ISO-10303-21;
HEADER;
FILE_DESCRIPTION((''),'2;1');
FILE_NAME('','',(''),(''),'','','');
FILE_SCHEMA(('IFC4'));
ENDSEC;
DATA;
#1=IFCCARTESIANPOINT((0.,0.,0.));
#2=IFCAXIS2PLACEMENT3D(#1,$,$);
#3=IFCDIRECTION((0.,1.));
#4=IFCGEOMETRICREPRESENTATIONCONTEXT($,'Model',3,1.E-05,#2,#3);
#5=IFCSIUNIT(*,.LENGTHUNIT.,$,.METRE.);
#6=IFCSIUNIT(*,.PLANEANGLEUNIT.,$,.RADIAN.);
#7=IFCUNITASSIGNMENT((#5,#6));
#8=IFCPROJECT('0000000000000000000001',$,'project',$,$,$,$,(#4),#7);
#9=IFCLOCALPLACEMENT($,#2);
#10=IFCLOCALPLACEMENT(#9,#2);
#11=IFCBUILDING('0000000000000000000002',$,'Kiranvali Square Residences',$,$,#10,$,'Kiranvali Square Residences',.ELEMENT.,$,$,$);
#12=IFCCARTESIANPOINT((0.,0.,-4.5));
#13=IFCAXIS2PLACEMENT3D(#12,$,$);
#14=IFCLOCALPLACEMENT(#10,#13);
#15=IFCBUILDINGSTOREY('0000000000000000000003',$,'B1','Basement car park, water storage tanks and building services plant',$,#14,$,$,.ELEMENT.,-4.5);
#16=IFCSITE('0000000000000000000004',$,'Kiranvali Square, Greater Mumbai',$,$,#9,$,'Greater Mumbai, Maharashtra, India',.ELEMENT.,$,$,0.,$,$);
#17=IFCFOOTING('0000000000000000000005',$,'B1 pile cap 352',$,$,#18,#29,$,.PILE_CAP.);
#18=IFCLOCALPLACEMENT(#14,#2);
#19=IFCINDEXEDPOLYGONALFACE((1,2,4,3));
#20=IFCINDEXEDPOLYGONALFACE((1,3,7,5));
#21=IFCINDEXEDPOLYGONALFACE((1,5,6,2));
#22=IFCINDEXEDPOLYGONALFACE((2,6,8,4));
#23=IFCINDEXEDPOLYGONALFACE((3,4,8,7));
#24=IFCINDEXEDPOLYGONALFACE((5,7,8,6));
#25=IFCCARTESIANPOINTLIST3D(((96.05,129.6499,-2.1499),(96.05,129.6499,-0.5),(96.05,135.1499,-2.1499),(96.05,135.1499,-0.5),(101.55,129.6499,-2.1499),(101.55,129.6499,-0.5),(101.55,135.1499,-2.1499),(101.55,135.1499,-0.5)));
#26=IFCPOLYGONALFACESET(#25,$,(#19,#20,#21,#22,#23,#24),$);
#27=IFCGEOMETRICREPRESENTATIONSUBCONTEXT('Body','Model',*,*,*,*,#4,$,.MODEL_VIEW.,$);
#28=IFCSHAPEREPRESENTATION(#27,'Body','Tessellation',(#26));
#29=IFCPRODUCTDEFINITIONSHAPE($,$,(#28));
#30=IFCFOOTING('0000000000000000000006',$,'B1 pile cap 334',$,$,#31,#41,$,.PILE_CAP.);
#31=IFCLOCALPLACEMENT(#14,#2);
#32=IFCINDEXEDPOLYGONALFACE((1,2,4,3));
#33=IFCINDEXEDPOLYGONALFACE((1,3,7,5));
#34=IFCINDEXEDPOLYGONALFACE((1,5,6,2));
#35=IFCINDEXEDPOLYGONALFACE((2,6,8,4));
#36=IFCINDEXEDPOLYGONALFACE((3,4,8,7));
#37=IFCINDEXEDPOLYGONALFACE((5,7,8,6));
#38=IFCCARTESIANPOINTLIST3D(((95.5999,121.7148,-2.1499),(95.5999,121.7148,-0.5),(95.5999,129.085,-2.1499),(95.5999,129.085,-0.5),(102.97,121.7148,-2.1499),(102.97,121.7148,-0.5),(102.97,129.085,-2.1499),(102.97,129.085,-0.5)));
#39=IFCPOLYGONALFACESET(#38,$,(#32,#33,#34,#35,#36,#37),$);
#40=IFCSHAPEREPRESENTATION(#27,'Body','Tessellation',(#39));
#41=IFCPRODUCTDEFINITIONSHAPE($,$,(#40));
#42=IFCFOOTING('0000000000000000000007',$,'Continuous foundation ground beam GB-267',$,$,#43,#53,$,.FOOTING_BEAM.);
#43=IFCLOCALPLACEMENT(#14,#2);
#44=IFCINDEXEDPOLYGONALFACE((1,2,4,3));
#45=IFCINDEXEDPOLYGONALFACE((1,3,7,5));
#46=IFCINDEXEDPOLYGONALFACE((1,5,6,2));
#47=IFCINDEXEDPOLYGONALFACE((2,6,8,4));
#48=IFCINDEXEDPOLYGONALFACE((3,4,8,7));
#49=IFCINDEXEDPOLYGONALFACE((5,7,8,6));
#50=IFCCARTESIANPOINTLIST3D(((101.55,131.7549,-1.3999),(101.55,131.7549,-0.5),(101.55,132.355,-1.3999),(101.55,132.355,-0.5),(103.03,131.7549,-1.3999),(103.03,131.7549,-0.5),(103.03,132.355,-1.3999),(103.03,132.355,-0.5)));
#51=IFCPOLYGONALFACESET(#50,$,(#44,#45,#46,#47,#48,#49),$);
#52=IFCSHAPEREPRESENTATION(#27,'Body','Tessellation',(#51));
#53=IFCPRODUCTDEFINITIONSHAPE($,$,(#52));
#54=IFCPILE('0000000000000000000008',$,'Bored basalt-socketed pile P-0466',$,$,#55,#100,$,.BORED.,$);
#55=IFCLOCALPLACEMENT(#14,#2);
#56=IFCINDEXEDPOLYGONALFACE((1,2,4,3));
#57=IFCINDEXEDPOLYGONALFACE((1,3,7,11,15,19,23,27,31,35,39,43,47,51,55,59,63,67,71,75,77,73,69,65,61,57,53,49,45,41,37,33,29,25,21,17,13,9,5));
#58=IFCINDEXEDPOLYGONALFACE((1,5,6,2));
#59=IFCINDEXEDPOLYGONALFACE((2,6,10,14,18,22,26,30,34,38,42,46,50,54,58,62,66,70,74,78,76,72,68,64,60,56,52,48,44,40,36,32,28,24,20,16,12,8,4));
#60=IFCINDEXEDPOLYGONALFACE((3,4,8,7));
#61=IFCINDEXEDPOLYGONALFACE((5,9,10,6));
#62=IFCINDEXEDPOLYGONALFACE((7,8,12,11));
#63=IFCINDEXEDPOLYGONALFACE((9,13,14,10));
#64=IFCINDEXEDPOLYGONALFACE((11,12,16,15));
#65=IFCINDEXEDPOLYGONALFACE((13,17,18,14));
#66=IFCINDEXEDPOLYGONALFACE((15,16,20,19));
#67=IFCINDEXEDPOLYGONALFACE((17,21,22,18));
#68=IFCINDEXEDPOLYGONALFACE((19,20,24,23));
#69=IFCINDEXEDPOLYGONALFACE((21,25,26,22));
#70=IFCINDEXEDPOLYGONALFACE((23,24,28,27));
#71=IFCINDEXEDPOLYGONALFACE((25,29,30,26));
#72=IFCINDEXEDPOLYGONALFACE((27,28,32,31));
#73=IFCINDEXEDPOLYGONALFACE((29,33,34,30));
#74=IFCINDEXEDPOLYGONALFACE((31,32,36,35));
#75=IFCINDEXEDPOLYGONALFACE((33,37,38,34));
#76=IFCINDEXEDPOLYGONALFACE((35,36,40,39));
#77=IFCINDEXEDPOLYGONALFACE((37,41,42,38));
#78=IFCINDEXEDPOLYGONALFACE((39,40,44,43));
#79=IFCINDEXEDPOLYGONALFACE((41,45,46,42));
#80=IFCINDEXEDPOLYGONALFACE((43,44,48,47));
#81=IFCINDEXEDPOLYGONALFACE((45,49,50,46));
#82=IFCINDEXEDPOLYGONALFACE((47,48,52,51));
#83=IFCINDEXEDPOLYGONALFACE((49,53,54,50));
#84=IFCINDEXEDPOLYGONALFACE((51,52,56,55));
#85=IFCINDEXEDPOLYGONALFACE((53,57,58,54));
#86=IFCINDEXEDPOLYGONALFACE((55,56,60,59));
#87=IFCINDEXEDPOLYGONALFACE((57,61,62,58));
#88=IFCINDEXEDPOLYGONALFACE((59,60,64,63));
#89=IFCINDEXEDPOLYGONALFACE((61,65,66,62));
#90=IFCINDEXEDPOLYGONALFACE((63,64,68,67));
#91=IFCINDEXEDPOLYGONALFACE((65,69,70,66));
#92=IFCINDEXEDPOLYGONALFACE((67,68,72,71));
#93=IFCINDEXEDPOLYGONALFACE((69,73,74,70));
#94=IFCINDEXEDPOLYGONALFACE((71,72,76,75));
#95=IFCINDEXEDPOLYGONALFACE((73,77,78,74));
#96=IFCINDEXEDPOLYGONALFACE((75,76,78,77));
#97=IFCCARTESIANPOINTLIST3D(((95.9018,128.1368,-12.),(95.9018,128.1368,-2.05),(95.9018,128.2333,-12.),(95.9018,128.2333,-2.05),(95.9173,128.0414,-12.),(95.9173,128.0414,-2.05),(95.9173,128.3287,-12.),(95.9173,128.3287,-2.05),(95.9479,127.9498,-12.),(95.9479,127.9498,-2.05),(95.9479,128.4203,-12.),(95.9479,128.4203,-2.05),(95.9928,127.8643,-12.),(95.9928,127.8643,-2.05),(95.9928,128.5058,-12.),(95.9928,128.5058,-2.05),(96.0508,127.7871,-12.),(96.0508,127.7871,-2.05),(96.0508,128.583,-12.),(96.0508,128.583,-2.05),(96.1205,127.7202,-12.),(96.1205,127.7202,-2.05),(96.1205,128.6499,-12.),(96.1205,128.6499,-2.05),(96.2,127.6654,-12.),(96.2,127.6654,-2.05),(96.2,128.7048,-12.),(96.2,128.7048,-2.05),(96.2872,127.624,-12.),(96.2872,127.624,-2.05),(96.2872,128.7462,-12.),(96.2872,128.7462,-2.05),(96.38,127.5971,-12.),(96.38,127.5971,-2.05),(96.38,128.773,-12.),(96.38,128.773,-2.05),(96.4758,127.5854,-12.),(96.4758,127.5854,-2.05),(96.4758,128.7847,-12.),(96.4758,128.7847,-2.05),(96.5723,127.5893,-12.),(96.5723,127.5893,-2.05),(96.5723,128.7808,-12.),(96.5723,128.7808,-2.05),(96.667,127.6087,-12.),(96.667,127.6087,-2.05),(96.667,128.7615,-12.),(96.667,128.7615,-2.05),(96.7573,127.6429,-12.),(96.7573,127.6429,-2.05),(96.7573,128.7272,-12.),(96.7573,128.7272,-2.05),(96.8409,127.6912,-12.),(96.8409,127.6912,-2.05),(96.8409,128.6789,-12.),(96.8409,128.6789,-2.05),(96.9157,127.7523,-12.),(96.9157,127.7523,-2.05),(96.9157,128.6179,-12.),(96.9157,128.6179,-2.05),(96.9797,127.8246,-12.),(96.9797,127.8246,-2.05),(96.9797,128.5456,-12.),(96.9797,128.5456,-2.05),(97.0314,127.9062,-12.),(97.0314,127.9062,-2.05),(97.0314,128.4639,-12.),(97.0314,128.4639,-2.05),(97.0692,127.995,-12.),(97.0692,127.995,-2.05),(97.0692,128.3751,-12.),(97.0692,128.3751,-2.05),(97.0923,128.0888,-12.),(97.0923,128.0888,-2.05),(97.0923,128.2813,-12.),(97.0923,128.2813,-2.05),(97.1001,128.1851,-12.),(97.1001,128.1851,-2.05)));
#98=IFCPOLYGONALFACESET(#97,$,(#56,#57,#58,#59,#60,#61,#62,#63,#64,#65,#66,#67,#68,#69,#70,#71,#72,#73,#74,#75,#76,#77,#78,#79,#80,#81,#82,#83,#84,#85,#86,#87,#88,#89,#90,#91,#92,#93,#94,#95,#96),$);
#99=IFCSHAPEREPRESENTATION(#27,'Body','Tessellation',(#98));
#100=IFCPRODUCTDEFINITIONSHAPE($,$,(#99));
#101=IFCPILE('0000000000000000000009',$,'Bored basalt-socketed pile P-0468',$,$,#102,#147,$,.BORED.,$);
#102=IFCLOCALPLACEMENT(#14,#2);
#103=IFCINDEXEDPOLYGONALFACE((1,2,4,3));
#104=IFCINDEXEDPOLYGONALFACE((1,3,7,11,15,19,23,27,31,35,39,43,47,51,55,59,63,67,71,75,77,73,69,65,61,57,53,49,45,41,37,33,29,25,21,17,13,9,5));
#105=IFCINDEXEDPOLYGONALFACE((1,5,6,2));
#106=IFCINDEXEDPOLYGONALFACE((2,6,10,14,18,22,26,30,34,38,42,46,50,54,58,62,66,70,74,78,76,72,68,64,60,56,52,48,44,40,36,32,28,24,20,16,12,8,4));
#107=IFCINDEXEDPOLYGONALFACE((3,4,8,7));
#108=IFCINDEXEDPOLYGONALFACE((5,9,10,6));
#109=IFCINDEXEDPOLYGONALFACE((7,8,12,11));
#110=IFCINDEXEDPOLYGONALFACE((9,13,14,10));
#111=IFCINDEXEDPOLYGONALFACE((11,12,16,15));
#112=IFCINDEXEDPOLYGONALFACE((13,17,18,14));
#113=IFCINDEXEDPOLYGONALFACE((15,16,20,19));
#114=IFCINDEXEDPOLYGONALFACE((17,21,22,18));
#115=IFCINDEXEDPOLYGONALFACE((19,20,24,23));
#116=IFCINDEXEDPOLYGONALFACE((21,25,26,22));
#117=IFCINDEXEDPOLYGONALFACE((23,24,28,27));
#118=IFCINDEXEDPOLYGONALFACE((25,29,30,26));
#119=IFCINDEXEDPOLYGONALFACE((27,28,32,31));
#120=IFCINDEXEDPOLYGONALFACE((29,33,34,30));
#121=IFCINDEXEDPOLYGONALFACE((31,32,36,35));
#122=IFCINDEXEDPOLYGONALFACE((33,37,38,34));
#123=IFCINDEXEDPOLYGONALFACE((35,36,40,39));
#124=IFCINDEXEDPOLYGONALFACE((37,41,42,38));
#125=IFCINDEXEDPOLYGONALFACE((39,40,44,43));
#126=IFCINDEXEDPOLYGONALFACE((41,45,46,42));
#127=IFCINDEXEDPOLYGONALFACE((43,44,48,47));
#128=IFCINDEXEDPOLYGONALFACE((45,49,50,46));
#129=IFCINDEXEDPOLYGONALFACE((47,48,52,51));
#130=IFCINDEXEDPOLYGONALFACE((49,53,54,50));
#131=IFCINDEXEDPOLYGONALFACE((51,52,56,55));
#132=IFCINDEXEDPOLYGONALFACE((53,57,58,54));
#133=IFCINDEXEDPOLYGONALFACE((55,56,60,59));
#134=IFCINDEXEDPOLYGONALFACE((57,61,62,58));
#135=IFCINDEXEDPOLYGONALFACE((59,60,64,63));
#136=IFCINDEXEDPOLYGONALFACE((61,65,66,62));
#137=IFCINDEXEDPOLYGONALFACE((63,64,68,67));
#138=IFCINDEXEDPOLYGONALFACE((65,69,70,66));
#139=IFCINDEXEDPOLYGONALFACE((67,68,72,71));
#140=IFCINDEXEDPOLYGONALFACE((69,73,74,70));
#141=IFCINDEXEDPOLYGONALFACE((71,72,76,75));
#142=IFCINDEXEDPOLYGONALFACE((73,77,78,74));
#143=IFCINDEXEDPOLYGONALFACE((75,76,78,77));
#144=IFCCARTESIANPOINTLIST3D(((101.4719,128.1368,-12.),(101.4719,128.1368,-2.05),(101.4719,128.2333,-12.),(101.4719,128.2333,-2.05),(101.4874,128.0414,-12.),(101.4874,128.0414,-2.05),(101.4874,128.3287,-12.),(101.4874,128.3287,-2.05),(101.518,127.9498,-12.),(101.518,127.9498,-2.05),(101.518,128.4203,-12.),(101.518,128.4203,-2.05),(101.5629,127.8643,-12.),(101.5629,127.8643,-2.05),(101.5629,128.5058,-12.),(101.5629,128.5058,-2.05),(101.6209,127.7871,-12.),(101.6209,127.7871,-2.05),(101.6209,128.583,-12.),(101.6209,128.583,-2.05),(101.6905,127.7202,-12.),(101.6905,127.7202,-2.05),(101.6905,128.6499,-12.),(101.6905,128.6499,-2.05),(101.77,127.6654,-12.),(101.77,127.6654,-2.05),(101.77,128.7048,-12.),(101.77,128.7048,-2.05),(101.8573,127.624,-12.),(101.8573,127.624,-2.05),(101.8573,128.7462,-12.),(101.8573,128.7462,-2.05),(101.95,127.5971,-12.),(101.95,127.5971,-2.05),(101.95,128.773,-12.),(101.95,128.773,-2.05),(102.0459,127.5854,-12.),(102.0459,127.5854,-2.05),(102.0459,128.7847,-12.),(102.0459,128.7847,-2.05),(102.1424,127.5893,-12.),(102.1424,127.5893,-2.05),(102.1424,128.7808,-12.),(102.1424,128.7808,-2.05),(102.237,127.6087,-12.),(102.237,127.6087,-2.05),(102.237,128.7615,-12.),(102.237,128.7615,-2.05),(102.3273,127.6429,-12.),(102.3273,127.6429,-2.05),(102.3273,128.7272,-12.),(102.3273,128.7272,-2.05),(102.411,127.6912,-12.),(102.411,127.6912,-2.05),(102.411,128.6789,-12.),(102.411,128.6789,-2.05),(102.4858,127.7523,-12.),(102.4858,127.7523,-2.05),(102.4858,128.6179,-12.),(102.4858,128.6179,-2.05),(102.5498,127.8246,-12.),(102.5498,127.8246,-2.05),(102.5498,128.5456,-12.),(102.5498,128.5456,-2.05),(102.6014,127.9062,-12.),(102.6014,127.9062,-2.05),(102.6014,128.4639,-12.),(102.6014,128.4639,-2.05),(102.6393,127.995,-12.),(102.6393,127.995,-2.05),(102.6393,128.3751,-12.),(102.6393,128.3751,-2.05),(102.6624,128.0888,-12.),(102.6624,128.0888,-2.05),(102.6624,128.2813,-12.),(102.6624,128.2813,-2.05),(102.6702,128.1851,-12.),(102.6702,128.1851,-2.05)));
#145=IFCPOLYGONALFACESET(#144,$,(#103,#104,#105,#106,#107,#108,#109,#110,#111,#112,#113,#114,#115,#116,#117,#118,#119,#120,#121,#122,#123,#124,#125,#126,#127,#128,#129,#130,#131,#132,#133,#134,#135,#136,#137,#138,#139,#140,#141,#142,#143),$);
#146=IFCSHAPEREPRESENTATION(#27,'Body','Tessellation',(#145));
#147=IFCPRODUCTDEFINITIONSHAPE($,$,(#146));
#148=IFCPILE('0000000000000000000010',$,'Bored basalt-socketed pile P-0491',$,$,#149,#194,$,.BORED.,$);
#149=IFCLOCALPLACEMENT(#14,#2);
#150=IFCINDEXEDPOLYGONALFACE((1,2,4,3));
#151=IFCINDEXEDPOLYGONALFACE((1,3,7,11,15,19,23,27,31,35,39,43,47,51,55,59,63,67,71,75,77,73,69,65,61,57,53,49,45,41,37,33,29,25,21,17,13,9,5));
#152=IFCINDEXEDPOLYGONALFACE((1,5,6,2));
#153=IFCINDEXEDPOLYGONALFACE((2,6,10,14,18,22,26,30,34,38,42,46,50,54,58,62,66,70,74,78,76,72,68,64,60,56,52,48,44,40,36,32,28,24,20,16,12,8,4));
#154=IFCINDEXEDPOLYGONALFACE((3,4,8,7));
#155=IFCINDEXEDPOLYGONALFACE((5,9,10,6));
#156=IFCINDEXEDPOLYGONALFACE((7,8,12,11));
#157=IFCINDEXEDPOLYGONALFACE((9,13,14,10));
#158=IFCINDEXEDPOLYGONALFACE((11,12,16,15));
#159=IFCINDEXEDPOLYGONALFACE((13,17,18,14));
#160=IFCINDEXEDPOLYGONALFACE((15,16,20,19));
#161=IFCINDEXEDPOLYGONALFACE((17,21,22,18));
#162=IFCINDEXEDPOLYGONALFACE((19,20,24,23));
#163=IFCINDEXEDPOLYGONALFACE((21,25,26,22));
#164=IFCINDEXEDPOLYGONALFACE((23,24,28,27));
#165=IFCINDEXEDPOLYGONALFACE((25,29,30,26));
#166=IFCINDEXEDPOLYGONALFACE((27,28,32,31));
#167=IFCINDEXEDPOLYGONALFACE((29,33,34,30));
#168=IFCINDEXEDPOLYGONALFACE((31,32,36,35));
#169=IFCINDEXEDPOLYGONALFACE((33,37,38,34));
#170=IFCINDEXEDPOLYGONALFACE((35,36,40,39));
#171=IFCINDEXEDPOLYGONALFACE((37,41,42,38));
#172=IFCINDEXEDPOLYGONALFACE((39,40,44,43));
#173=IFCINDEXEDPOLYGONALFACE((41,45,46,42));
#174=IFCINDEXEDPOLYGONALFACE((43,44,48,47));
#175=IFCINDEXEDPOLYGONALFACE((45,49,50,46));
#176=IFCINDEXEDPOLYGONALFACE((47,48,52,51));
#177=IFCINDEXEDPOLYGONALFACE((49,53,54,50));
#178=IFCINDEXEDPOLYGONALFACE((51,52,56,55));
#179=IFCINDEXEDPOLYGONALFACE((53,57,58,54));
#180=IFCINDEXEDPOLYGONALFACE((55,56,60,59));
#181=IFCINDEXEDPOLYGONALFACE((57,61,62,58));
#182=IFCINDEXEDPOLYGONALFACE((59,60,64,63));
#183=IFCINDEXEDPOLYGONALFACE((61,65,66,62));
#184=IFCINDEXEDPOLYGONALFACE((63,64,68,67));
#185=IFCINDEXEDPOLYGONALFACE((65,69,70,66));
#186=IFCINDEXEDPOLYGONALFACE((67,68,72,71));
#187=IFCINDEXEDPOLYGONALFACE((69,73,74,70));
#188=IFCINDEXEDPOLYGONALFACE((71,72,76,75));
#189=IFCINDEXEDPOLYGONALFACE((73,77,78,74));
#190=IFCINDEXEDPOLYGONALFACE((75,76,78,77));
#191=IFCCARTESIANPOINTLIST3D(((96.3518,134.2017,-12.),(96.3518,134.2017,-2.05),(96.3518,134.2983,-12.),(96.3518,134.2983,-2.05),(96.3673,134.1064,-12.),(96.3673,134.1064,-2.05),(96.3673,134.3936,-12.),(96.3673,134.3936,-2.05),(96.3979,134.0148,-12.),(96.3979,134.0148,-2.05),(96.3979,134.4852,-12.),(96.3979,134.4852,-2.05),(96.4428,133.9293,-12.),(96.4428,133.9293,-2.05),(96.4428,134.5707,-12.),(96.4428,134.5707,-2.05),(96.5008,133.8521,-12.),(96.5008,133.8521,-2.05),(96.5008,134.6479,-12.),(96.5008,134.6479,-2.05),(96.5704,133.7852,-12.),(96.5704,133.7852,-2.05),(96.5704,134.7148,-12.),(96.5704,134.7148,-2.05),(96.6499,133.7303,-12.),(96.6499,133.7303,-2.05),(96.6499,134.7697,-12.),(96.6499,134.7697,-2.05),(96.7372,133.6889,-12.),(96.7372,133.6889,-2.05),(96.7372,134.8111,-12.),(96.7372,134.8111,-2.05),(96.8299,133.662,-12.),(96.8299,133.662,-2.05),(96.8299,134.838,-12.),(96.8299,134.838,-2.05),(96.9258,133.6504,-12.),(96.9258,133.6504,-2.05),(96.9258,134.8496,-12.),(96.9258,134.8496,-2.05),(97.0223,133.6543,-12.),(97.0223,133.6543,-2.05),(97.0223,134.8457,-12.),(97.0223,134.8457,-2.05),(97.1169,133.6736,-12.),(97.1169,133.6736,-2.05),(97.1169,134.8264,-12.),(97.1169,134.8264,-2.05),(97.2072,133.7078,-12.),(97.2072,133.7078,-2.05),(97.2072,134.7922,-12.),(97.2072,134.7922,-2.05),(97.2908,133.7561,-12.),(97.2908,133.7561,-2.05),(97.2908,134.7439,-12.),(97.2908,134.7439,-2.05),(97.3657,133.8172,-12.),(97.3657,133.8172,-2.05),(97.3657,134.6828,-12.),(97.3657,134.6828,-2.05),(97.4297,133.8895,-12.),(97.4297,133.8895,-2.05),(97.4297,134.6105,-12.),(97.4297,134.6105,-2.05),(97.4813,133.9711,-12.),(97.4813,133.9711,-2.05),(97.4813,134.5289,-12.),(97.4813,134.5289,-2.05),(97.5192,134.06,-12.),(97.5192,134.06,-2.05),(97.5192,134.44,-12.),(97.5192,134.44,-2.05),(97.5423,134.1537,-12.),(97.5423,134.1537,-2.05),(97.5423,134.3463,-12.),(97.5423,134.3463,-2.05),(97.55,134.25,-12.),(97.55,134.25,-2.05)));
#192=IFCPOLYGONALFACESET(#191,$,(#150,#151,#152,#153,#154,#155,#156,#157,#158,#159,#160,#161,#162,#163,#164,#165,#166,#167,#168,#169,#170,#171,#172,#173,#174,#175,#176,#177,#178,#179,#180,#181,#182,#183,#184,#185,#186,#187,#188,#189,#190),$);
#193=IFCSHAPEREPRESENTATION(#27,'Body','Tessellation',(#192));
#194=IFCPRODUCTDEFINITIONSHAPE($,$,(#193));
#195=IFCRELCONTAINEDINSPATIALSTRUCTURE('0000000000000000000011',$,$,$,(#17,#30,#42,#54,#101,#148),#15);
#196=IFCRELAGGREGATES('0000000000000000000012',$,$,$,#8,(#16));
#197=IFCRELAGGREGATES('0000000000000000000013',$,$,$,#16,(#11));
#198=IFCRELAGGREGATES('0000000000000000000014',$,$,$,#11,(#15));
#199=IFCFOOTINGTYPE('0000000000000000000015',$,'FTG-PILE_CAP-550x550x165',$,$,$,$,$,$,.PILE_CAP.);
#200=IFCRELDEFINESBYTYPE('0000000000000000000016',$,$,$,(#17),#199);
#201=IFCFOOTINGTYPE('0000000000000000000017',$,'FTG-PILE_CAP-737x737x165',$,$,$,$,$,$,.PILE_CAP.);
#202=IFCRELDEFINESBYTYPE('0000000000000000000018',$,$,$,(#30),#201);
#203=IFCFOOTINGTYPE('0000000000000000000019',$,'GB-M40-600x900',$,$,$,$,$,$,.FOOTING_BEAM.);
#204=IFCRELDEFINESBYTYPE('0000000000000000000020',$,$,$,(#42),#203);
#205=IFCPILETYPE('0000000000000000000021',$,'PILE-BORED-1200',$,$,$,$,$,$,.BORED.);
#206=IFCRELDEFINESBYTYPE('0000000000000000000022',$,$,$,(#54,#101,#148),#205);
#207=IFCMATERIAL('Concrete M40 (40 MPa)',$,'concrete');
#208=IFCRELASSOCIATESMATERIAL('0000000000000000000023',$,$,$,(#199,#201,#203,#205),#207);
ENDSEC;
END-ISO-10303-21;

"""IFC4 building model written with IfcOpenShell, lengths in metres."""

from ifc_helpers import new_model, si_unit, direction, frame, origin, origin_2d, place, context, subcontext, project, spatial, rectangle, circle, extrude, material, material_profile, profile_set, type_object, element, save


model = new_model("IFC4")

# Units and contexts
model_context = context("Model", 3, precision=1e-05, world=origin(), true_north=direction((0.0, 1.0)))
body_context = subcontext(model_context, "Body", "Model", "MODEL_VIEW")
ifc_project = project(units=[si_unit("LENGTHUNIT", "METRE"), si_unit("PLANEANGLEUNIT", "RADIAN")], contexts=[model_context])

# Site, building, storey
site_placement = place(None, origin())
site = spatial("IfcSite", under=ifc_project, at=site_placement, Name="Kiranvali Square, Greater Mumbai", LongName="Greater Mumbai, Maharashtra, India", CompositionType="ELEMENT", RefElevation=0.0)
building_placement = place(site_placement, origin())
building = spatial("IfcBuilding", under=site, at=building_placement, Name="Kiranvali Square Residences", LongName="Kiranvali Square Residences", CompositionType="ELEMENT")
storey_placement = place(building_placement, frame((0.0, 0.0, -4.5)))
storey = spatial("IfcBuildingStorey", under=building, at=storey_placement, Name="B1", Description="Basement car park, water storage tanks and building services plant", CompositionType="ELEMENT", Elevation=-4.5)

# Footings
ifc_material_1 = material(Name="Concrete M40 (40 MPa)", Category="concrete")
footing_type_1 = type_object("IfcFootingType", Name="FTG-PILE_CAP-550x550x165", PredefinedType="PILE_CAP", material=ifc_material_1)
footing_1_placement = place(storey_placement, frame((98.8, 132.3999, -2.1499), z_axis=(0.0, 0.0, 1.0), x_axis=(1.0, 0.0, 0.0)))
element("IfcFooting", 1, at=footing_1_placement, inside=storey, type_object=footing_type_1, Name="B1 pile cap 352", PredefinedType="PILE_CAP", context=body_context, shape_type="SweptSolid", body=[
    extrude(rectangle(XDim=5.5, YDim=5.5, at=origin_2d()), origin(), (0.0, 0.0, 1.0), 1.6499),
])
footing_type_2 = type_object("IfcFootingType", Name="FTG-PILE_CAP-737x737x165", PredefinedType="PILE_CAP", material=ifc_material_1)
footing_2_placement = place(storey_placement, frame((99.2849, 125.3999, -2.1499), z_axis=(0.0, 0.0, 1.0), x_axis=(1.0, 0.0, 0.0)))
element("IfcFooting", 2, at=footing_2_placement, inside=storey, type_object=footing_type_2, Name="B1 pile cap 334", PredefinedType="PILE_CAP", context=body_context, shape_type="SweptSolid", body=[
    extrude(rectangle(XDim=7.3701, YDim=7.3701, at=origin_2d()), origin(), (0.0, 0.0, 1.0), 1.6499),
])
ifc_material_profile_1 = material_profile(ifc_material_1, rectangle(XDim=0.6001, YDim=0.8999, at=origin_2d()), Name="GB 600x900")
ifc_profile_set_1 = profile_set([ifc_material_profile_1], Name="Concrete M40 (40 MPa)")
footing_type_3 = type_object("IfcFootingType", Name="GB-M40-600x900", PredefinedType="FOOTING_BEAM", material=ifc_profile_set_1)
footing_3_placement = place(storey_placement, frame((101.55, 132.0549, -0.95), z_axis=(1.0, 0.0, 0.0), x_axis=(0.0, 1.0, 0.0)))
element("IfcFooting", 3, at=footing_3_placement, inside=storey, type_object=footing_type_3, Name="Continuous foundation ground beam GB-267", PredefinedType="FOOTING_BEAM", context=body_context, shape_type="SweptSolid", body=[
    extrude(rectangle(XDim=0.6001, YDim=0.8999, at=origin_2d()), origin(), (0.0, 0.0, 1.0), 1.48),
])

# Piles
ifc_material_profile_2 = material_profile(ifc_material_1, circle(Radius=0.6001, at=origin_2d()), Name="BORED PILE 1200")
ifc_profile_set_2 = profile_set([ifc_material_profile_2], Name="Concrete M40 (40 MPa)")
pile_type = type_object("IfcPileType", Name="PILE-BORED-1200", PredefinedType="BORED", material=ifc_profile_set_2)
for number, where, z_axis, x_axis, name in (
    (4, (96.5, 128.1851, -2.05), (0.0, 0.0, -1.0), (1.0, 0.0, 0.0), "Bored basalt-socketed pile P-0466"),
    (5, (102.0701, 128.1851, -2.05), (0.0, 0.0, -1.0), (1.0, 0.0, 0.0), "Bored basalt-socketed pile P-0468"),
    (6, (96.95, 134.25, -2.05), (0.0, 0.0, -1.0), (1.0, 0.0, 0.0), "Bored basalt-socketed pile P-0491"),
):
    element("IfcPile", number, at=place(storey_placement, frame(where, z_axis=z_axis, x_axis=x_axis)), inside=storey, type_object=pile_type, Name=name, PredefinedType="BORED", context=body_context, shape_type="SweptSolid", body=[
        extrude(circle(Radius=0.6001, at=origin_2d()), origin(), (0.0, 0.0, 1.0), 9.95),
    ])

save(model, "model.ifc")
